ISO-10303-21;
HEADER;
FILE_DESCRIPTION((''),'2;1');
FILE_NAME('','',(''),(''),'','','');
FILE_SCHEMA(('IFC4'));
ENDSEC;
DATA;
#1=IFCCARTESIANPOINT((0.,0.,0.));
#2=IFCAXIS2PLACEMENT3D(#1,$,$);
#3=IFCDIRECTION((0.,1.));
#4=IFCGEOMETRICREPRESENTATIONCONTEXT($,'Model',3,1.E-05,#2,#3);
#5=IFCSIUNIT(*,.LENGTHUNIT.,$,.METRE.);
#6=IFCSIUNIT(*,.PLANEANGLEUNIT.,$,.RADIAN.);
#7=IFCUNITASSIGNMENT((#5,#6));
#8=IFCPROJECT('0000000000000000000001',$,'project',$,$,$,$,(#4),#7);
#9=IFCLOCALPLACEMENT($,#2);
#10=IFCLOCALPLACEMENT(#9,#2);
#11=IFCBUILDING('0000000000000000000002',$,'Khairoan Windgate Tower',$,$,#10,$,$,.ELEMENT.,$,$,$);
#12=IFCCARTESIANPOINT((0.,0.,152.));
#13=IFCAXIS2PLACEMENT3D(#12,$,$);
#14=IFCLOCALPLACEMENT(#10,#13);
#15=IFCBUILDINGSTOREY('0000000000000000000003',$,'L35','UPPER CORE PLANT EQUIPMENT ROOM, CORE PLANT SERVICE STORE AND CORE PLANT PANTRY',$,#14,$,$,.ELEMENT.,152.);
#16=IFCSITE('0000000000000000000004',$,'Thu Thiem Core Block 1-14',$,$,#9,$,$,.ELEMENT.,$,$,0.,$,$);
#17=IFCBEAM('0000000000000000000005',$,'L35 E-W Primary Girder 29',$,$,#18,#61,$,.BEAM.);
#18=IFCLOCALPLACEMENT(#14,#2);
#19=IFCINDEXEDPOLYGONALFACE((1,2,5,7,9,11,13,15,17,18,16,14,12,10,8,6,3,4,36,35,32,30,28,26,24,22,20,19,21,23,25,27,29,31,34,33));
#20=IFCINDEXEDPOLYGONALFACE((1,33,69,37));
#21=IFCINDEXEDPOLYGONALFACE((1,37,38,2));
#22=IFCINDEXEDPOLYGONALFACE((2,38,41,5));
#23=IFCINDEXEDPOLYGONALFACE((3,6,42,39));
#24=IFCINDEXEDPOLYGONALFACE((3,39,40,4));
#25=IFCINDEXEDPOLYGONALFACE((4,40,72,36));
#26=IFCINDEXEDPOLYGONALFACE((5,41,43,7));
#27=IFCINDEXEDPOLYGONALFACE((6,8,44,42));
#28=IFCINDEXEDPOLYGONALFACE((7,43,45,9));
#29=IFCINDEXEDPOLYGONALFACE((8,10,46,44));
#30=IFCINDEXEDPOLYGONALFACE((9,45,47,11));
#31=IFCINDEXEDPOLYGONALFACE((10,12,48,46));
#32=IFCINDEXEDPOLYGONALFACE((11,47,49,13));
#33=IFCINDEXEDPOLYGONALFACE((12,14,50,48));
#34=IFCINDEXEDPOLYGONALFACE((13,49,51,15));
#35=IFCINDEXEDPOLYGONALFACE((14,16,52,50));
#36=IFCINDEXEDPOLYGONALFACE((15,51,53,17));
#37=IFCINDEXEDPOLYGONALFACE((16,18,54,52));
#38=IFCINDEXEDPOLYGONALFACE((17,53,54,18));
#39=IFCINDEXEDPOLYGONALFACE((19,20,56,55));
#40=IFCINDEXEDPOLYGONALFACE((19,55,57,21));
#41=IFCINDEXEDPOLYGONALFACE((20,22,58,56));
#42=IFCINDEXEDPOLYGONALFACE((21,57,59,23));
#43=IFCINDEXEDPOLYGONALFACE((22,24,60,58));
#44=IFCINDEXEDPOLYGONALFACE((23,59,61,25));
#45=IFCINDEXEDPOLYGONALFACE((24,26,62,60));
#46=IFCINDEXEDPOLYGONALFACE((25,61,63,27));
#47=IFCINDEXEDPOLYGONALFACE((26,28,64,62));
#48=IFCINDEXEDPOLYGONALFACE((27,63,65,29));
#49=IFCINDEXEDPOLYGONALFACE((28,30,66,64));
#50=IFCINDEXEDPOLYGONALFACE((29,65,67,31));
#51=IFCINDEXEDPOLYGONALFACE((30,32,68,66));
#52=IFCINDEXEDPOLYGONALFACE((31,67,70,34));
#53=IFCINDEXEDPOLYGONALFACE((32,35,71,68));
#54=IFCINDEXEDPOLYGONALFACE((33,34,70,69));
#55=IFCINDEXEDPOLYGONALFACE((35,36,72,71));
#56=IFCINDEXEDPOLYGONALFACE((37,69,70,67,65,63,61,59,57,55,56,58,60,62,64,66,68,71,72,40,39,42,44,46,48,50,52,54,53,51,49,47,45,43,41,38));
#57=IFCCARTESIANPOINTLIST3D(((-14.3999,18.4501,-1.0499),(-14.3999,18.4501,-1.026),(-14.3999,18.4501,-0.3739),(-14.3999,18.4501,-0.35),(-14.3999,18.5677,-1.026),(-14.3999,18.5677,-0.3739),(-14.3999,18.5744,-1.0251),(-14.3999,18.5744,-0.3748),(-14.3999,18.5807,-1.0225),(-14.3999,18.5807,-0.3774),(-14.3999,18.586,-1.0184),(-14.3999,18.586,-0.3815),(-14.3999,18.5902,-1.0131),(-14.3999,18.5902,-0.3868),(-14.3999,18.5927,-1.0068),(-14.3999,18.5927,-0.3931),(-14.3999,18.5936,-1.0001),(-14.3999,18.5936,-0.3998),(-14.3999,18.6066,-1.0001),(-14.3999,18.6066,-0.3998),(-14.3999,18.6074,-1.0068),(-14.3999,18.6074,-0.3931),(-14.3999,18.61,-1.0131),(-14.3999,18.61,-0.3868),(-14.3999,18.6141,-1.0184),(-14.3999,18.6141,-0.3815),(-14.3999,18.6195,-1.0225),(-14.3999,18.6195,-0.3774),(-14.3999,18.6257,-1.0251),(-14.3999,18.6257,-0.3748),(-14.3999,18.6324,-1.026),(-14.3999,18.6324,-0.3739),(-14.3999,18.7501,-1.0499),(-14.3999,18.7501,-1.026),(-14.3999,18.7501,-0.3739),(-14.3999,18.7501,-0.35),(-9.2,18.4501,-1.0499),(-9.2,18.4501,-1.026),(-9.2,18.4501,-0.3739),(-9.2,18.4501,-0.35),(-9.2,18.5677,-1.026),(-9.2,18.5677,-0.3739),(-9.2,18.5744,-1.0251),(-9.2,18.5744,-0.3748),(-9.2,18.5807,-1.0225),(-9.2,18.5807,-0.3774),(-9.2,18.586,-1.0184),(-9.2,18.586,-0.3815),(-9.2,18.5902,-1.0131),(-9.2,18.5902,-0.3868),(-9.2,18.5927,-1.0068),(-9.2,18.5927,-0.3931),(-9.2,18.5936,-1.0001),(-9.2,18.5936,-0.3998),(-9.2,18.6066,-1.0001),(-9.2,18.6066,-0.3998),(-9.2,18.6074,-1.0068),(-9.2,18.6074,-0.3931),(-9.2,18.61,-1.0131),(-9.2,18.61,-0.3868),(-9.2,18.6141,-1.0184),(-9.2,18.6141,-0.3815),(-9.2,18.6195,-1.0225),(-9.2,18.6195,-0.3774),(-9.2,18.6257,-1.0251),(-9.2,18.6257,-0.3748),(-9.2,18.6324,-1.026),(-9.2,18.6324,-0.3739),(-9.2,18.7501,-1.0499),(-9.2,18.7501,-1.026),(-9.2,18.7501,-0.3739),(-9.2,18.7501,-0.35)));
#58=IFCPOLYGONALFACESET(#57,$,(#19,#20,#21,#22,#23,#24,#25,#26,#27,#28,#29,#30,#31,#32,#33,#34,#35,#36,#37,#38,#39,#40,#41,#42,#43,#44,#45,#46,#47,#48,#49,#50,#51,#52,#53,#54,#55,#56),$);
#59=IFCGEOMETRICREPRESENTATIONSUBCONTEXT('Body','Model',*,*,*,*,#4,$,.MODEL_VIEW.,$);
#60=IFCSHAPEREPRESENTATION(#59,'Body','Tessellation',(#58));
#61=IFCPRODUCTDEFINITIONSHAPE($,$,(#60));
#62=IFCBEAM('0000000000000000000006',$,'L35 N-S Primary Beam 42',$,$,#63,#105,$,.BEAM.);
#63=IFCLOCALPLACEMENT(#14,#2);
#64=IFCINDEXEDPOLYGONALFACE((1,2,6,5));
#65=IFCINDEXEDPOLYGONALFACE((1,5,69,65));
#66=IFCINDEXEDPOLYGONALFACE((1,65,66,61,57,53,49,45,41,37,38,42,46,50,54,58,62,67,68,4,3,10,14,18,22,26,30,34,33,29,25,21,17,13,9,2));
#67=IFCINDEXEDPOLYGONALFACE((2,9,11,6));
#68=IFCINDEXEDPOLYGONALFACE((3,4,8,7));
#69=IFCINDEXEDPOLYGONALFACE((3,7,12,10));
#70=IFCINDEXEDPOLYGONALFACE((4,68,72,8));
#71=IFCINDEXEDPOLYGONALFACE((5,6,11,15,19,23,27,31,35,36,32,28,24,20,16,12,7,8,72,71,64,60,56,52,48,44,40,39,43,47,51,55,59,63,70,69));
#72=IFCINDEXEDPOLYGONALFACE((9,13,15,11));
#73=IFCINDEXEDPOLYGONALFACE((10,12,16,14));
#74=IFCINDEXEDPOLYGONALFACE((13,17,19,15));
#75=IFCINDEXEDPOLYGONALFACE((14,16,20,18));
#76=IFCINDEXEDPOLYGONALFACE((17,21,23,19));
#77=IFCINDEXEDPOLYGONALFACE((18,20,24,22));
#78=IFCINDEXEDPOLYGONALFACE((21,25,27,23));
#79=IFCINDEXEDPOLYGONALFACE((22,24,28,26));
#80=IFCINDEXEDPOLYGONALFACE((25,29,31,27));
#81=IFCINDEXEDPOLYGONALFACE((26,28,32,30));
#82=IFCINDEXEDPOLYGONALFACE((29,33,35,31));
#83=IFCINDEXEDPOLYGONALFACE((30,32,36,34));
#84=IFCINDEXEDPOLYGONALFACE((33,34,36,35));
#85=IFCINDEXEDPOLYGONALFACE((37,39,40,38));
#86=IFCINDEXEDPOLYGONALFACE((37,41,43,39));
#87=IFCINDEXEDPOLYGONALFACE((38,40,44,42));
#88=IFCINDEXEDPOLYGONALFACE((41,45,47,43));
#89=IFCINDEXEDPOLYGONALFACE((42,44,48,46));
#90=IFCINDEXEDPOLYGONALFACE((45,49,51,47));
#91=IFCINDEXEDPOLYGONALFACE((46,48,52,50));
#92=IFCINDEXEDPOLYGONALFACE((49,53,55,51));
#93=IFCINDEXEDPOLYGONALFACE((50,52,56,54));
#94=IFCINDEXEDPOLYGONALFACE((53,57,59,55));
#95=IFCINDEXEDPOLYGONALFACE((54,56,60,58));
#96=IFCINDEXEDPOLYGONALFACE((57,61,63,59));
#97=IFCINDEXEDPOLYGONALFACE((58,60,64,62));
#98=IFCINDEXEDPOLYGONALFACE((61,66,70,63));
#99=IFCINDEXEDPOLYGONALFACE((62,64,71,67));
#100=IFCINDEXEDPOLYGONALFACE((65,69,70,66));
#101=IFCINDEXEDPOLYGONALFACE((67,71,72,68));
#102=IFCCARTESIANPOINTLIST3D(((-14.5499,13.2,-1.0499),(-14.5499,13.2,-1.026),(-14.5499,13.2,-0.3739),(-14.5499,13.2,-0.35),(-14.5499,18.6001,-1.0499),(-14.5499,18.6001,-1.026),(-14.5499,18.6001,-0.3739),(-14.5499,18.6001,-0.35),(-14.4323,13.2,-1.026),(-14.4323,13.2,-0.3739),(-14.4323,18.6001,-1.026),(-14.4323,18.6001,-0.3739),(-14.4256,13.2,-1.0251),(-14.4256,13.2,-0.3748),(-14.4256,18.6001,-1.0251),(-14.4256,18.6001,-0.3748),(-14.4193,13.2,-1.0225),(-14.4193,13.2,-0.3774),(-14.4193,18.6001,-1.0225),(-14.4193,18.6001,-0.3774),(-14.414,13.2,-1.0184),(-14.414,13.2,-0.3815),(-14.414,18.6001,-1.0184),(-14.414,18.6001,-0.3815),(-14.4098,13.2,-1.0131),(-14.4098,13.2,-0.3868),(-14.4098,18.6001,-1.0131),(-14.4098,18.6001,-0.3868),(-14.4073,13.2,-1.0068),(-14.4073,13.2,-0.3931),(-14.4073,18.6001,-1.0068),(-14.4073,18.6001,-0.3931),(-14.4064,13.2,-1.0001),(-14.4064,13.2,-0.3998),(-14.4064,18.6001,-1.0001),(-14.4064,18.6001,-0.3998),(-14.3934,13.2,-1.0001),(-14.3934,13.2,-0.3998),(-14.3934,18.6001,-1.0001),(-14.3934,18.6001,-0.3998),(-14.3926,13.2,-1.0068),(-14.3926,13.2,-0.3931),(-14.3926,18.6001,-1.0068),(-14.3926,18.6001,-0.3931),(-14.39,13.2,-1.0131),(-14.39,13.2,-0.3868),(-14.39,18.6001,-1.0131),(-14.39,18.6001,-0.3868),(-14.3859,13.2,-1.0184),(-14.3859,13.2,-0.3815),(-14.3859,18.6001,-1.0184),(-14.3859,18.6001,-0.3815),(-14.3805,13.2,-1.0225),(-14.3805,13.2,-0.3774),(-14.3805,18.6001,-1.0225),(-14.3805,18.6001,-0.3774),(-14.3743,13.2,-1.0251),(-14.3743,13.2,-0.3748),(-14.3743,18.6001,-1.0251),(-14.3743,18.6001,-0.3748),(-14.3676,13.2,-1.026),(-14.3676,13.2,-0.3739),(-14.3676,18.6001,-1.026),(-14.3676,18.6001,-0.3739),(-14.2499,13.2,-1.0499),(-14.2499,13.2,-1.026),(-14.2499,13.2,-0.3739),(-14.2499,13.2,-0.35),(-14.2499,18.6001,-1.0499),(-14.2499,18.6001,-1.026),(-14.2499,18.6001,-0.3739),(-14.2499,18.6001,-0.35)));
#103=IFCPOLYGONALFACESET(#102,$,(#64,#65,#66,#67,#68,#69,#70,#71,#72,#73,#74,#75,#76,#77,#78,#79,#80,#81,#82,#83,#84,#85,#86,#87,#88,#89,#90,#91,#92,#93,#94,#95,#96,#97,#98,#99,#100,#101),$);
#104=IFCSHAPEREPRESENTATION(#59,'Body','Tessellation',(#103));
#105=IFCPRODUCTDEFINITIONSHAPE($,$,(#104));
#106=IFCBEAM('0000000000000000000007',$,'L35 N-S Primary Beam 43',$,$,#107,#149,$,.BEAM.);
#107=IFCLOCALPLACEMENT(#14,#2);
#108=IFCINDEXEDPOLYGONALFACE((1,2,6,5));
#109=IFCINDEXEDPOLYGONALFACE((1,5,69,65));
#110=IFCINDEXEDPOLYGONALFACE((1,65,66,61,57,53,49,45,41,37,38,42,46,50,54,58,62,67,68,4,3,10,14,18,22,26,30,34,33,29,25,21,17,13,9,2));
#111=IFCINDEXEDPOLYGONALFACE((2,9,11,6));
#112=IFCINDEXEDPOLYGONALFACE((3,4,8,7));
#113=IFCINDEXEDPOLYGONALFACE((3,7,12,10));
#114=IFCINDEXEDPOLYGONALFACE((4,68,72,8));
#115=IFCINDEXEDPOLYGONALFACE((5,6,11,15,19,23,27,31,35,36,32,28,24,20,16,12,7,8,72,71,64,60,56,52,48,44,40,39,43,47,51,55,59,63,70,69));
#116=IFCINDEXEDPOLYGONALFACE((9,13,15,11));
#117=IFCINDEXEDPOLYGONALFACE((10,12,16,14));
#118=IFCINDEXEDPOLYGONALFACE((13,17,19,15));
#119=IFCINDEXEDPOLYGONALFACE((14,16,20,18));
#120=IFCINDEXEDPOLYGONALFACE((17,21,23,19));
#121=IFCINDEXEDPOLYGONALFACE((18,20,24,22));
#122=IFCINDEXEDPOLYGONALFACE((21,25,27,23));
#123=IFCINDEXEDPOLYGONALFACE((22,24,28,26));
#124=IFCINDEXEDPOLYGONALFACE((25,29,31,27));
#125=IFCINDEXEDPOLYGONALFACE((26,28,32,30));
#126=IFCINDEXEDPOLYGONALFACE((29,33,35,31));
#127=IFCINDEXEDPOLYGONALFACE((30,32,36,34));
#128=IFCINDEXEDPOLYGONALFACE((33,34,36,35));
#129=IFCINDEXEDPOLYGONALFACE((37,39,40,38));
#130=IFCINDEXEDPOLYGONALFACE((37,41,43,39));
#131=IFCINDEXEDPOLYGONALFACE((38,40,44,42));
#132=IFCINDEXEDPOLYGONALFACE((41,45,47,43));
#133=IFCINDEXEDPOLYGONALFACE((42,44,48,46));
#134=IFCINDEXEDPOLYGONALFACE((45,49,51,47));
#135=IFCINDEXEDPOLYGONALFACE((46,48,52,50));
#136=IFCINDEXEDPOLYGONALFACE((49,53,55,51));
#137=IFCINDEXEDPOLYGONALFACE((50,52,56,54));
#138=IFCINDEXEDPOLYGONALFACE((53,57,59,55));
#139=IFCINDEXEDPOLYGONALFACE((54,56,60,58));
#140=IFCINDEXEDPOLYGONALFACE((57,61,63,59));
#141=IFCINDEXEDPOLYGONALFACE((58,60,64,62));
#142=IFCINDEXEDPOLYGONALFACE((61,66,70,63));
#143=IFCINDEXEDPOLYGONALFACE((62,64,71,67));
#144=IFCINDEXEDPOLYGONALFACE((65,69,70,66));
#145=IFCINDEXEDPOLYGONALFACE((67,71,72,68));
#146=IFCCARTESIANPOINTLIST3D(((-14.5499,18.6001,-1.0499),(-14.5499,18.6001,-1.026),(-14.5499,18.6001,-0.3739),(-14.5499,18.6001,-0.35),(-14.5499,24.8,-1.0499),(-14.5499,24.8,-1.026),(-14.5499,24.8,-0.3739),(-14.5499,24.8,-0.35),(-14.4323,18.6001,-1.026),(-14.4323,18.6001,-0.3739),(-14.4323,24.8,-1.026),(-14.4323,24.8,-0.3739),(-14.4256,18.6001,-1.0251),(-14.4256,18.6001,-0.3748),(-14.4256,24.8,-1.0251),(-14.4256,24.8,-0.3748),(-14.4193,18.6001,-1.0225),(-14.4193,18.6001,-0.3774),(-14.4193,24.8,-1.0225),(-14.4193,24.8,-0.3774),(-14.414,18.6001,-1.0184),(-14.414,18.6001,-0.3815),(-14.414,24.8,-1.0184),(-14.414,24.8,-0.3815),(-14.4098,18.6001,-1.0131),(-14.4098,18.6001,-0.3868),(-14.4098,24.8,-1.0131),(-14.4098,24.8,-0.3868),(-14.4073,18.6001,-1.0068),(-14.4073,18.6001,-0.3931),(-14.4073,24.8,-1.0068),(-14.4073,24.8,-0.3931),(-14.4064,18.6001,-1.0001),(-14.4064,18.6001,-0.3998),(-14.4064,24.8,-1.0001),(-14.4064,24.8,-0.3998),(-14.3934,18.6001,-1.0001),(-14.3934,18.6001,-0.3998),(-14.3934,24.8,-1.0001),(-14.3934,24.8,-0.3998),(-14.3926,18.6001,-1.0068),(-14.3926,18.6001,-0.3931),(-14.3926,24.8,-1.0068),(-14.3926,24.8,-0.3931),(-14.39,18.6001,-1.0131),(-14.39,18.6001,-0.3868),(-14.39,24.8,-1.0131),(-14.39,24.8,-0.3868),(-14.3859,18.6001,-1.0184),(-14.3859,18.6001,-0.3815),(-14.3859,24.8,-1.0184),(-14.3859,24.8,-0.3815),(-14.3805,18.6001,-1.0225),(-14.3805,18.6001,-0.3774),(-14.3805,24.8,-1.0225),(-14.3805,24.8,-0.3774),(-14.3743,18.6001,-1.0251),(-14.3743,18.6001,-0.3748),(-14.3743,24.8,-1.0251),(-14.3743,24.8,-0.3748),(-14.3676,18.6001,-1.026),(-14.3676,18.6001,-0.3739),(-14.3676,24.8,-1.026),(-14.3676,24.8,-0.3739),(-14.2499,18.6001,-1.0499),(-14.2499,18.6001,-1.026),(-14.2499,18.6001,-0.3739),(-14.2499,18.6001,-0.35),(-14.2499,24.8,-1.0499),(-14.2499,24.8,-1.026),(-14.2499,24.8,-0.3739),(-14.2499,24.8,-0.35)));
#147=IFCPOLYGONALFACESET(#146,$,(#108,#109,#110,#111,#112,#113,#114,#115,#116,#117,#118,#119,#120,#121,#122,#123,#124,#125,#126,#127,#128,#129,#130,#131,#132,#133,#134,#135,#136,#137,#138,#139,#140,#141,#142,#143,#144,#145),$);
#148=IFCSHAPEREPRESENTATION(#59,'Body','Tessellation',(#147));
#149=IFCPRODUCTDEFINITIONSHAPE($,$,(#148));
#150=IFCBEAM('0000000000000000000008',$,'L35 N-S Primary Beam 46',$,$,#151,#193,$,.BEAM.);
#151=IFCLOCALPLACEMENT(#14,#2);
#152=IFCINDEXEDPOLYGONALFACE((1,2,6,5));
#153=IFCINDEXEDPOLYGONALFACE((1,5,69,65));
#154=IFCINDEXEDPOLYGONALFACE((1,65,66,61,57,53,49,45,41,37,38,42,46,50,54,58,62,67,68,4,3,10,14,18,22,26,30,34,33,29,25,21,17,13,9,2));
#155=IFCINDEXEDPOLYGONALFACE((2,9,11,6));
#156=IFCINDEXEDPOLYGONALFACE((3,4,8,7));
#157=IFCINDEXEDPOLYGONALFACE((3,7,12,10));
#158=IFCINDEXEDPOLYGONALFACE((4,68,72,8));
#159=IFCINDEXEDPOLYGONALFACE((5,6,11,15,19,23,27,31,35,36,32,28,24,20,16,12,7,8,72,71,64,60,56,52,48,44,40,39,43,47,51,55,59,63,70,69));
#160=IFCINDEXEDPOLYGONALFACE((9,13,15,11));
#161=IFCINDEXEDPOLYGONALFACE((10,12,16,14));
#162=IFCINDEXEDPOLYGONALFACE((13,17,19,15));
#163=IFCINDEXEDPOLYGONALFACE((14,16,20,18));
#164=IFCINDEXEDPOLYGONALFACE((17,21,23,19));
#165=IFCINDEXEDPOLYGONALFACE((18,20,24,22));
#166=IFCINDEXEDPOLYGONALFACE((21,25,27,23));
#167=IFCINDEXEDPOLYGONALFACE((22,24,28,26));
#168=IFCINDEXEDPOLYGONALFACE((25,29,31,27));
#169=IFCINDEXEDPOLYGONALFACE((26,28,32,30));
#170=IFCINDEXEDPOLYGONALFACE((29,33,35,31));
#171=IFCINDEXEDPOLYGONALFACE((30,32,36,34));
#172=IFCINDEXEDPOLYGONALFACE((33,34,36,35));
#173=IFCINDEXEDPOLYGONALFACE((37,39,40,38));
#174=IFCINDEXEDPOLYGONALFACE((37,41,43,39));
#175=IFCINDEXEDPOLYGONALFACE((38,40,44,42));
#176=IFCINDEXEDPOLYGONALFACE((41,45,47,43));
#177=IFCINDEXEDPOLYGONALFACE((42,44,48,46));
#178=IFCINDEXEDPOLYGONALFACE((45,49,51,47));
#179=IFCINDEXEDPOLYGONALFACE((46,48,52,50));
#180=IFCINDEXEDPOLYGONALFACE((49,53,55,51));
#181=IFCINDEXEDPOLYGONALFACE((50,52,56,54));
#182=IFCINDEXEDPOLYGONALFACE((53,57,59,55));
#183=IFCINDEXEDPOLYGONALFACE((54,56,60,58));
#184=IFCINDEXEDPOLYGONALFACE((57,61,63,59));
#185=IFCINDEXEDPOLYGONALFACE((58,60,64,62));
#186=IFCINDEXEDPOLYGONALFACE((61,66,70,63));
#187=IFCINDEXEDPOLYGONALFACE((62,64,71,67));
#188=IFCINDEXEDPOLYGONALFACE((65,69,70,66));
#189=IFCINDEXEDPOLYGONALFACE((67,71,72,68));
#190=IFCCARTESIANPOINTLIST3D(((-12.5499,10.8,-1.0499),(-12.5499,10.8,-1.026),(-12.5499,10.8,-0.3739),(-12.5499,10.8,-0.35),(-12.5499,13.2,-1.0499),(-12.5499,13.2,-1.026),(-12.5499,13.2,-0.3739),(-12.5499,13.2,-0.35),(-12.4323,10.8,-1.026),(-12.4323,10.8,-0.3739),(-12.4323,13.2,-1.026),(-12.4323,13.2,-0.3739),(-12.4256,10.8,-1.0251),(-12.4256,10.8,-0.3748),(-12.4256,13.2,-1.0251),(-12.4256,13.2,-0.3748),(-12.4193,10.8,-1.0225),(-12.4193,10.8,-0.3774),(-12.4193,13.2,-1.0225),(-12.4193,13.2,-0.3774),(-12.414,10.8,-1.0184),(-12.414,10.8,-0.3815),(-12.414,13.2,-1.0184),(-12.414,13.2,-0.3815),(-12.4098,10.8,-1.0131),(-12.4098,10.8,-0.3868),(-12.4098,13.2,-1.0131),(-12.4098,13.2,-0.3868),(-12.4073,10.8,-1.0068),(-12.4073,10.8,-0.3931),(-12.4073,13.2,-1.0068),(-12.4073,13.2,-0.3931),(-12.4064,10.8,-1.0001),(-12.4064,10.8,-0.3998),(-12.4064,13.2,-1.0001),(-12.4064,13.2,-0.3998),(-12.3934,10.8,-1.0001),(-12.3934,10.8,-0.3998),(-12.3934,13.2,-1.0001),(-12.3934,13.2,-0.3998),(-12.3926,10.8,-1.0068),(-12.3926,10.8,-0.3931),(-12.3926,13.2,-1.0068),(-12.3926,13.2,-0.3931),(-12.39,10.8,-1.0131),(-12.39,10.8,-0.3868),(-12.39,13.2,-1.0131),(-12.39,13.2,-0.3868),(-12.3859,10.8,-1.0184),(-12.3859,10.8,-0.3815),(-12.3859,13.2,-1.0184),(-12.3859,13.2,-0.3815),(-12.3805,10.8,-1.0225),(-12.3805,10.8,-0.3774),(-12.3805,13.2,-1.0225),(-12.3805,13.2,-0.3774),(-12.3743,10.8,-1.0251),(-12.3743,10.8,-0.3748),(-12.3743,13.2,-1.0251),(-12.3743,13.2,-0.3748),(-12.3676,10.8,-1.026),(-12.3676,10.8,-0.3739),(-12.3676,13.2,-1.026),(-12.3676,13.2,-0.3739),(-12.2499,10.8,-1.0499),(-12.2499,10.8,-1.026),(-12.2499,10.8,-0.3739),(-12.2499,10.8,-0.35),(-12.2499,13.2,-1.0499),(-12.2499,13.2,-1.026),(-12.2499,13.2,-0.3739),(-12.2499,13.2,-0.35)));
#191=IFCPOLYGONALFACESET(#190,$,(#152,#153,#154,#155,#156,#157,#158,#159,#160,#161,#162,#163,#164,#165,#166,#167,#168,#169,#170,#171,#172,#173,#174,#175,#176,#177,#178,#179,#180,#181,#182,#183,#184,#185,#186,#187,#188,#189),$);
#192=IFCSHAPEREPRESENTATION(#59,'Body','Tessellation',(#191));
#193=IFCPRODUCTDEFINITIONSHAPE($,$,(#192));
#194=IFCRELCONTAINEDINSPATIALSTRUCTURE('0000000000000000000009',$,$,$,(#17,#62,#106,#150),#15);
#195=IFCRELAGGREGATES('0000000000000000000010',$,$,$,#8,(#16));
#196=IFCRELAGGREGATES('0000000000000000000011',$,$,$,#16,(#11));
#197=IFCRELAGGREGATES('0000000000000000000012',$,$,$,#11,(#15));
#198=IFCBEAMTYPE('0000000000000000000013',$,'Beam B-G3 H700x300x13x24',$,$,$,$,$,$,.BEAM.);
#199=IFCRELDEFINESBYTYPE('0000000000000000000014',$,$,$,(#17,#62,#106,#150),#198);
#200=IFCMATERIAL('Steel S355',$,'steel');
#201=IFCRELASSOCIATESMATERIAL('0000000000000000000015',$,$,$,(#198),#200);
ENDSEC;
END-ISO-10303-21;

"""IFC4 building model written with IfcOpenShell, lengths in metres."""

from ifc_helpers import new_model, si_unit, direction, frame, origin, origin_2d, place, context, subcontext, project, spatial, i_section, extrude, material, material_profile, profile_set, type_object, element, save


model = new_model("IFC4")

# Units and contexts
model_context = context("Model", 3, precision=1e-05, world=origin(), true_north=direction((0.0, 1.0)))
body_context = subcontext(model_context, "Body", "Model", "MODEL_VIEW")
ifc_project = project(units=[si_unit("LENGTHUNIT", "METRE"), si_unit("PLANEANGLEUNIT", "RADIAN")], contexts=[model_context])

# Site, building, storey
site_placement = place(None, origin())
site = spatial("IfcSite", under=ifc_project, at=site_placement, Name="Thu Thiem Core Block 1-14", CompositionType="ELEMENT", RefElevation=0.0)
building_placement = place(site_placement, origin())
building = spatial("IfcBuilding", under=site, at=building_placement, Name="Khairoan Windgate Tower", CompositionType="ELEMENT")
storey_placement = place(building_placement, frame((0.0, 0.0, 152.0)))
storey = spatial("IfcBuildingStorey", under=building, at=storey_placement, Name="L35", Description="UPPER CORE PLANT EQUIPMENT ROOM, CORE PLANT SERVICE STORE AND CORE PLANT PANTRY", CompositionType="ELEMENT", Elevation=152.0)

# Beams
ifc_material_1 = material(Name="Steel S355", Category="steel")
ifc_material_profile_1 = material_profile(ifc_material_1, i_section(OverallWidth=0.3, OverallDepth=0.7, WebThickness=0.0129, FlangeThickness=0.0239, FilletRadius=0.0259, at=origin_2d()))
ifc_profile_set_1 = profile_set([ifc_material_profile_1], Name="Steel S355")
beam_type_1 = type_object("IfcBeamType", Name="Beam B-G3 H700x300x13x24", PredefinedType="BEAM", material=ifc_profile_set_1)
beam_1_placement = place(storey_placement, frame((-14.3999, 18.6001, -0.7), z_axis=(1.0, 0.0, 0.0), x_axis=(0.0, 1.0, 0.0)))
element("IfcBeam", 1, at=beam_1_placement, inside=storey, type_object=beam_type_1, Name="L35 E-W Primary Girder 29", PredefinedType="BEAM", context=body_context, shape_type="SweptSolid", body=[
    extrude(i_section(OverallWidth=0.3, OverallDepth=0.7, WebThickness=0.0129, FlangeThickness=0.0239, FilletRadius=0.0259, at=origin_2d()), origin(), (0.0, 0.0, 1.0), 5.2),
])
beam_2_placement = place(storey_placement, frame((-14.3999, 13.2, -0.7), z_axis=(0.0, 1.0, 0.0), x_axis=(-1.0, 0.0, 0.0)))
element("IfcBeam", 2, at=beam_2_placement, inside=storey, type_object=beam_type_1, Name="L35 N-S Primary Beam 42", PredefinedType="BEAM", context=body_context, shape_type="SweptSolid", body=[
    extrude(i_section(OverallWidth=0.3, OverallDepth=0.7, WebThickness=0.0129, FlangeThickness=0.0239, FilletRadius=0.0259, at=origin_2d()), origin(), (0.0, 0.0, 1.0), 5.4001),
])
beam_3_placement = place(storey_placement, frame((-14.3999, 18.6001, -0.7), z_axis=(0.0, 1.0, 0.0), x_axis=(-1.0, 0.0, 0.0)))
element("IfcBeam", 3, at=beam_3_placement, inside=storey, type_object=beam_type_1, Name="L35 N-S Primary Beam 43", PredefinedType="BEAM", context=body_context, shape_type="SweptSolid", body=[
    extrude(i_section(OverallWidth=0.3, OverallDepth=0.7, WebThickness=0.0129, FlangeThickness=0.0239, FilletRadius=0.0259, at=origin_2d()), origin(), (0.0, 0.0, 1.0), 6.2),
])
beam_4_placement = place(storey_placement, frame((-12.3999, 10.8, -0.7), z_axis=(0.0, 1.0, 0.0), x_axis=(-1.0, 0.0, 0.0)))
element("IfcBeam", 4, at=beam_4_placement, inside=storey, type_object=beam_type_1, Name="L35 N-S Primary Beam 46", PredefinedType="BEAM", context=body_context, shape_type="SweptSolid", body=[
    extrude(i_section(OverallWidth=0.3, OverallDepth=0.7, WebThickness=0.0129, FlangeThickness=0.0239, FilletRadius=0.0259, at=origin_2d()), origin(), (0.0, 0.0, 1.0), 2.3999),
])

save(model, "model.ifc")
